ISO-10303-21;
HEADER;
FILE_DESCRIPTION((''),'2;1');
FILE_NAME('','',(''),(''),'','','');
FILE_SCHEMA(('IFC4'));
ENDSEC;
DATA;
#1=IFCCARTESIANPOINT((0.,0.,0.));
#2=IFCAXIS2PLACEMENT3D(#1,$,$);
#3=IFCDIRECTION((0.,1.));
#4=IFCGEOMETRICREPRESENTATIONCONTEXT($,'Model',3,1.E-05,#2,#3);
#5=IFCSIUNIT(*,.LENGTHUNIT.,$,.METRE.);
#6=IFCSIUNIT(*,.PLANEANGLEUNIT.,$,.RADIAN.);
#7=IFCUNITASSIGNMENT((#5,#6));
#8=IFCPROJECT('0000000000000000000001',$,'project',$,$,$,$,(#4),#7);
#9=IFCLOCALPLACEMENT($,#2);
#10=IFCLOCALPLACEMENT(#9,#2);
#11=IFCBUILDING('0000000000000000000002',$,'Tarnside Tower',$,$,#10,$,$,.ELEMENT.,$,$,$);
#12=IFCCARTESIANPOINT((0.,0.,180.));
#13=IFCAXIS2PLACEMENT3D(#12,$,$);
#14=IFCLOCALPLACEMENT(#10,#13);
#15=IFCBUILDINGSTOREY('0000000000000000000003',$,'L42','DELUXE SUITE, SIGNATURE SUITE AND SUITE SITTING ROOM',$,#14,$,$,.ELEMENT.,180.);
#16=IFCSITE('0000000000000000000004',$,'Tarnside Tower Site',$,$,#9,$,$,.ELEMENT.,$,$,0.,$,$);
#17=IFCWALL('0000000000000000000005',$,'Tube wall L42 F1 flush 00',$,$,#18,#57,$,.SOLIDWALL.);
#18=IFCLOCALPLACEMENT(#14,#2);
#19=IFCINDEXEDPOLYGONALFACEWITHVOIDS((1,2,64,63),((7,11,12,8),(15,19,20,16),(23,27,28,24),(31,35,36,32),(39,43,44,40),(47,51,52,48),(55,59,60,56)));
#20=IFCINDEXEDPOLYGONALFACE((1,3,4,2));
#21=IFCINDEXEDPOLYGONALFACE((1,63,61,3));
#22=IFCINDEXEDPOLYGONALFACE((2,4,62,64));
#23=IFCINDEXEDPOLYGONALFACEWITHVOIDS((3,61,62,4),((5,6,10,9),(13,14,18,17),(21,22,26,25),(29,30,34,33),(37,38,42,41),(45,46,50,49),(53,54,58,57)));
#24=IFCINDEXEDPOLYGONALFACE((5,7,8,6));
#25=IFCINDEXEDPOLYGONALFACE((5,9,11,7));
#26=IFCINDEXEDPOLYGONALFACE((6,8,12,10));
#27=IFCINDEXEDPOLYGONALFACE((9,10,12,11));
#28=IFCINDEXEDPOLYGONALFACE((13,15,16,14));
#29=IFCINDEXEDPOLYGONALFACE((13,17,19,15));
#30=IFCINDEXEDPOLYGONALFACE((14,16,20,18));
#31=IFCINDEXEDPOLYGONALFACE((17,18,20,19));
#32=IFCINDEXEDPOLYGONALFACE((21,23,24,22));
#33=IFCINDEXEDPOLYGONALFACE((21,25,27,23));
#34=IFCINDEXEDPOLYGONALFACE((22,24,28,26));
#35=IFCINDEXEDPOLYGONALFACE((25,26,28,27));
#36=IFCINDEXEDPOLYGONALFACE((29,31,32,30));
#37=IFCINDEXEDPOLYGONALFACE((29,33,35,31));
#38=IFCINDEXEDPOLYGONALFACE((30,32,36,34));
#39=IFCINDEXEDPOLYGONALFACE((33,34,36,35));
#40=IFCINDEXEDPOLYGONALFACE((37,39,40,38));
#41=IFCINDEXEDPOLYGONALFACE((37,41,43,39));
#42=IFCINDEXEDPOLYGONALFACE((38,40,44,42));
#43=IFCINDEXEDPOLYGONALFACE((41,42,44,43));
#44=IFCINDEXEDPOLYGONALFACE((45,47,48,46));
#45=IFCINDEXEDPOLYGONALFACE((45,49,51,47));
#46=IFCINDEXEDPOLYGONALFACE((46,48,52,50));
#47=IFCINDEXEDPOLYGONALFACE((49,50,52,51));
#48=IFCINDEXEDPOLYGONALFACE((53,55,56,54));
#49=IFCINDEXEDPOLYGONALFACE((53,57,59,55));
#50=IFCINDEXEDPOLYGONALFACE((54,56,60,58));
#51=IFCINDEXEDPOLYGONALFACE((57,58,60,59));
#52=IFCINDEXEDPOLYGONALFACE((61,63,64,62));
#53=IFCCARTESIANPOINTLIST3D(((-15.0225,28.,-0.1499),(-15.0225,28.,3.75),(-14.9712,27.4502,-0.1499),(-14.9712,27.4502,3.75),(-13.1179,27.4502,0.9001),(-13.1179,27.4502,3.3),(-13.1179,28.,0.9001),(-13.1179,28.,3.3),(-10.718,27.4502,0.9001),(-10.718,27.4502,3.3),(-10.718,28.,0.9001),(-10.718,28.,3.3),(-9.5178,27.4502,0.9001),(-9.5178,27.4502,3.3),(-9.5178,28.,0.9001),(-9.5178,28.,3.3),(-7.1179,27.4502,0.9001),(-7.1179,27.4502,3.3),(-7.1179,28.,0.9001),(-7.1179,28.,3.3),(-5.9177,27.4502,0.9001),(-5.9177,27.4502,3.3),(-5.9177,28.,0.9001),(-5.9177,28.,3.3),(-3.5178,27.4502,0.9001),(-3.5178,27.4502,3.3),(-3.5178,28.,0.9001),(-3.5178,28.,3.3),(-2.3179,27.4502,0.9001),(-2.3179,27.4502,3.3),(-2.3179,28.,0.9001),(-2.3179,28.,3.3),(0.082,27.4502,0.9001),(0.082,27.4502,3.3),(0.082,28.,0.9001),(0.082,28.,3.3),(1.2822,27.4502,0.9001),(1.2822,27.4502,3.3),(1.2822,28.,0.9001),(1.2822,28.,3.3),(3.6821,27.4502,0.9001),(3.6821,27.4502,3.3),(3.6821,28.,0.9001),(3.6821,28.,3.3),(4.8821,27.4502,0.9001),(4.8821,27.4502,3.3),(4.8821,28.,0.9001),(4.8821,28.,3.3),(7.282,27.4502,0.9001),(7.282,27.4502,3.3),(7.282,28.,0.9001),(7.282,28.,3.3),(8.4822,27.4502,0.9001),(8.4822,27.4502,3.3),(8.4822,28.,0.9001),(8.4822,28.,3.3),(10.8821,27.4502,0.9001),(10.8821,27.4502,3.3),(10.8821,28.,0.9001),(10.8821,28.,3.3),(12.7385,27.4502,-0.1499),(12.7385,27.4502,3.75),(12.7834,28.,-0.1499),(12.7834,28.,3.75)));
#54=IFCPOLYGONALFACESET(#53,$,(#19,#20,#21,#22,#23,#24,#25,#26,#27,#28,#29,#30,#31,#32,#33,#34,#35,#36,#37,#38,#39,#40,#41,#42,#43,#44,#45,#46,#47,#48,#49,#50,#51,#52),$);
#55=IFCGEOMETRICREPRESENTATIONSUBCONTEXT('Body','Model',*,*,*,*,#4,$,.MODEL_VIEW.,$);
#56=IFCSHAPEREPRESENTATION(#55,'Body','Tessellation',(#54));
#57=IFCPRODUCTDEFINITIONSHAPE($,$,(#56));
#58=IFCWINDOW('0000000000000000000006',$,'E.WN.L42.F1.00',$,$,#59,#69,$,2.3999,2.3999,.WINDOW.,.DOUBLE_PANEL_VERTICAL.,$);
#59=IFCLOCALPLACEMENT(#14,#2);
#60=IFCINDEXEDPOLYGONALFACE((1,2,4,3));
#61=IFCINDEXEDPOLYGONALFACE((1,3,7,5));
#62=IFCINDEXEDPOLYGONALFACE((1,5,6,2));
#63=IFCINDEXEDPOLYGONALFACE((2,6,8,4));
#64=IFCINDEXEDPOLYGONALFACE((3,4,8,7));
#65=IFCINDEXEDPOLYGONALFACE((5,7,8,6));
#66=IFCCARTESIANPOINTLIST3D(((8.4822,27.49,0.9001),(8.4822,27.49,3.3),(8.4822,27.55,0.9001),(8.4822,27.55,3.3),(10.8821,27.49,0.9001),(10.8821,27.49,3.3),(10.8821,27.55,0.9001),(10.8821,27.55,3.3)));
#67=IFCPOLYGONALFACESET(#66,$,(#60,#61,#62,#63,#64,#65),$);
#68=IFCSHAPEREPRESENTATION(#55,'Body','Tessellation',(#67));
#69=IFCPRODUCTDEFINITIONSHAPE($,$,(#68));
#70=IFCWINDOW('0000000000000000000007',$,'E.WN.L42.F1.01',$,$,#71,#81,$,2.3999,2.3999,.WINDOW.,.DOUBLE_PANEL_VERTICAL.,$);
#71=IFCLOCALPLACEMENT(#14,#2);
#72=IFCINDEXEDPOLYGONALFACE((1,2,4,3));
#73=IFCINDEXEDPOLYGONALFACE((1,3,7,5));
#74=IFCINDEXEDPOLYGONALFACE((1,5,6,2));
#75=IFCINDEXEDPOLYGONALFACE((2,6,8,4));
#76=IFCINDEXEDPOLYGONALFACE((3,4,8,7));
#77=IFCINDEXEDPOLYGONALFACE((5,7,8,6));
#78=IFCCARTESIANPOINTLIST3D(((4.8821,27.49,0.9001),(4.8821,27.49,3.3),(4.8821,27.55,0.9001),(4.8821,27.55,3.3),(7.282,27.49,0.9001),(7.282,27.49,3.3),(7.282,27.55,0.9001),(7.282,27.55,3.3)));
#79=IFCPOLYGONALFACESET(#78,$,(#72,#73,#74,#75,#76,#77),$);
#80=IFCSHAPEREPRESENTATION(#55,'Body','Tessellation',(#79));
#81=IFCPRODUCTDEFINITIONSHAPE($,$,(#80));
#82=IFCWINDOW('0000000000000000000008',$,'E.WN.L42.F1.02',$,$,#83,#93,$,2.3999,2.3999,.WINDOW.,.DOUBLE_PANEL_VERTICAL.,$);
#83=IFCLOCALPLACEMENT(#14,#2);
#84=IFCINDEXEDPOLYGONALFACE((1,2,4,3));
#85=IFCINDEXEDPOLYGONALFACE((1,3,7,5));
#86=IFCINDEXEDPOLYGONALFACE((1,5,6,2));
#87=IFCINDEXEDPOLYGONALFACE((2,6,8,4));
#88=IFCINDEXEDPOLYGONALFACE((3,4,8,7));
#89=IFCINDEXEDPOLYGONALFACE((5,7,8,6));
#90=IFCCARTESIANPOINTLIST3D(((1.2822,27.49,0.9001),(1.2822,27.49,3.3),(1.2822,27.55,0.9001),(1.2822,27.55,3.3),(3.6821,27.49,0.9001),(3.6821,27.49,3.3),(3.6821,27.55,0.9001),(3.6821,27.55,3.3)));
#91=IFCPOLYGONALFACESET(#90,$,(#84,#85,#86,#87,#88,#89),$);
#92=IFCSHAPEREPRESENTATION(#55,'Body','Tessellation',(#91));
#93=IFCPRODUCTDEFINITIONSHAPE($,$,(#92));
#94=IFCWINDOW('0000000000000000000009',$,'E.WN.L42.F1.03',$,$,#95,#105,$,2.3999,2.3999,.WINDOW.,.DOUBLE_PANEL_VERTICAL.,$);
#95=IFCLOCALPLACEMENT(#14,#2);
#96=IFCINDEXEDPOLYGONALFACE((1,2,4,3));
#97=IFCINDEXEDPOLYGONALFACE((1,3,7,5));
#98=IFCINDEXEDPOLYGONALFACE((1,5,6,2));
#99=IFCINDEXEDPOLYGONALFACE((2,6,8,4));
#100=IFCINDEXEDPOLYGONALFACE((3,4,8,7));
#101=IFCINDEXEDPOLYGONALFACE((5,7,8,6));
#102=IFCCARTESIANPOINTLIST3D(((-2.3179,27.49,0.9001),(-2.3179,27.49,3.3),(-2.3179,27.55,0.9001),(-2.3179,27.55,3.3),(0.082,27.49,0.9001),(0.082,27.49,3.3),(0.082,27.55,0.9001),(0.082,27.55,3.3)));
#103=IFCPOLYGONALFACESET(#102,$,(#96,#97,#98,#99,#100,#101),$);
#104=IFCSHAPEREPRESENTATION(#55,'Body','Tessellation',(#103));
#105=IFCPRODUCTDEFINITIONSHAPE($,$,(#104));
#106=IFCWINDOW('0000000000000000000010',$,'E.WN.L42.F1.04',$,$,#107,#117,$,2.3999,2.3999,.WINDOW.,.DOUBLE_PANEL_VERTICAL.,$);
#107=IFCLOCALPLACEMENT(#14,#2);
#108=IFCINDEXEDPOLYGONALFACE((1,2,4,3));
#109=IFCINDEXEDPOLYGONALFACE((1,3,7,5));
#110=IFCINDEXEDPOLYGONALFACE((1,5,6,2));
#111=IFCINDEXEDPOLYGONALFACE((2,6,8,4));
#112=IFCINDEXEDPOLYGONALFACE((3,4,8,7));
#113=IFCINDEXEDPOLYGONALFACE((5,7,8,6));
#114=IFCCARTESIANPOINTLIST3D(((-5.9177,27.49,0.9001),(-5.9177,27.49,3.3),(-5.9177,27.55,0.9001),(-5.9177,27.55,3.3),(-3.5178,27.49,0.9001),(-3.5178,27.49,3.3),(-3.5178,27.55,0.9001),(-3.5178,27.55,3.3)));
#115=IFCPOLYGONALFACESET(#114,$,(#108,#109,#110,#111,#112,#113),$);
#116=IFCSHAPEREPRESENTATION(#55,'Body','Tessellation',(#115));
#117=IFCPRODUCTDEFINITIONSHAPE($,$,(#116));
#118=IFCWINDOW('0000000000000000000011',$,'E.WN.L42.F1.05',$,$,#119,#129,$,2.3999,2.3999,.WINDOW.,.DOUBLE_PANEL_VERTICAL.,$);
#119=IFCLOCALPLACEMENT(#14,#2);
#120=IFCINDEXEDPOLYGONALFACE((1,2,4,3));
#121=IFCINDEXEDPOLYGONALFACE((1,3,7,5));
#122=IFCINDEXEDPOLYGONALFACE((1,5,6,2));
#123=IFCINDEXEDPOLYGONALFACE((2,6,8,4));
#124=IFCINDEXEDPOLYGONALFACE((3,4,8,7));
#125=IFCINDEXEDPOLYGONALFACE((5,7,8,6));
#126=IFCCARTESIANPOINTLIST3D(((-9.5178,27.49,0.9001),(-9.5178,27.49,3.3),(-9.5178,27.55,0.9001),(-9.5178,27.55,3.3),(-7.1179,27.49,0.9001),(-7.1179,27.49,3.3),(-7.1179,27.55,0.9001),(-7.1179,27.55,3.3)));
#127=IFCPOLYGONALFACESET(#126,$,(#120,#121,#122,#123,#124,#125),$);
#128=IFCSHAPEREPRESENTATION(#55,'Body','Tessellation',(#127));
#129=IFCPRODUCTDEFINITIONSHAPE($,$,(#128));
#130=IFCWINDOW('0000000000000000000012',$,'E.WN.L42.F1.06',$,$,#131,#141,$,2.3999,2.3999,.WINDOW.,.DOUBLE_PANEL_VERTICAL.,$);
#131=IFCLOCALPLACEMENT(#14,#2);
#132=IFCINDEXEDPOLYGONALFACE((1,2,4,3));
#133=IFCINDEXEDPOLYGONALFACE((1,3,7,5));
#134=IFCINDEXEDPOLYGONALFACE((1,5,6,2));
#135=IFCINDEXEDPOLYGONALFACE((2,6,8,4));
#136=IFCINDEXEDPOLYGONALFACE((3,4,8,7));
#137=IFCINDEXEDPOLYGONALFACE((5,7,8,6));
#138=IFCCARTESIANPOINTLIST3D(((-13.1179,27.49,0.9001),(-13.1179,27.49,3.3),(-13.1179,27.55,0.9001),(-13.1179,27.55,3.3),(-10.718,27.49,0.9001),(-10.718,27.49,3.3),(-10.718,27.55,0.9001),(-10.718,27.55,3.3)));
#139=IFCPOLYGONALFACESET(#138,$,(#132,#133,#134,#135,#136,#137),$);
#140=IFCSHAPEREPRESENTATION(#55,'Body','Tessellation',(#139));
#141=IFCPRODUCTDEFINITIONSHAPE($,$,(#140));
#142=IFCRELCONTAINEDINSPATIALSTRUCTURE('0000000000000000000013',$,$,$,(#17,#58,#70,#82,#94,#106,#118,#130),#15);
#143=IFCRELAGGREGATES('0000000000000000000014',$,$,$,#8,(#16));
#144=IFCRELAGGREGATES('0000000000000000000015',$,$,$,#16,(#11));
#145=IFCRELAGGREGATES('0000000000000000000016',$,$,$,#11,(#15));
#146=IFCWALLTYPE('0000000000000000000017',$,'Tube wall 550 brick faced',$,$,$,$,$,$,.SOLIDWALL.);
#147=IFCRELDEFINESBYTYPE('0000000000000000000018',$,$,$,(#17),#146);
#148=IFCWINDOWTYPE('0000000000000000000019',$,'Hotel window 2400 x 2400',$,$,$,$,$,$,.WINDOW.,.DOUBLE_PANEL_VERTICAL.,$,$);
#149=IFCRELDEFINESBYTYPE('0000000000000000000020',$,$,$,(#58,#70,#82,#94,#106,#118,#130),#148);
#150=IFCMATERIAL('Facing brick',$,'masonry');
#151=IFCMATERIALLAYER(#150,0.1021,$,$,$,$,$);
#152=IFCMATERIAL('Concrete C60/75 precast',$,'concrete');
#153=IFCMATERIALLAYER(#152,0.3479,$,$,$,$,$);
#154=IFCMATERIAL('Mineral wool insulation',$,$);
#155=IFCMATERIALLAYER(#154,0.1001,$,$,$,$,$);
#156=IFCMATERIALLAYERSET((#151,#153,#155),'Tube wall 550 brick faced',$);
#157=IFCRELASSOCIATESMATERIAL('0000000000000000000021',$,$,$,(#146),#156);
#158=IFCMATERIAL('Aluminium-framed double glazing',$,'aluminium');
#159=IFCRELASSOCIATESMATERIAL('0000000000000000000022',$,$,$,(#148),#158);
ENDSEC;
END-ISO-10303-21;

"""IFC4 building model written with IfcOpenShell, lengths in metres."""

from ifc_helpers import new_model, si_unit, direction, frame, frame_2d, origin, place, context, subcontext, project, spatial, polyline, rectangle, outline, extrude, material, layer, layer_set, type_object, element, fill, save


model = new_model("IFC4")

# Units and contexts
model_context = context("Model", 3, precision=1e-05, world=origin(), true_north=direction((0.0, 1.0)))
body_context = subcontext(model_context, "Body", "Model", "MODEL_VIEW")
ifc_project = project(units=[si_unit("LENGTHUNIT", "METRE"), si_unit("PLANEANGLEUNIT", "RADIAN")], contexts=[model_context])

# Site, building, storey
site_placement = place(None, origin())
site = spatial("IfcSite", under=ifc_project, at=site_placement, Name="Tarnside Tower Site", CompositionType="ELEMENT", RefElevation=0.0)
building_placement = place(site_placement, origin())
building = spatial("IfcBuilding", under=site, at=building_placement, Name="Tarnside Tower", CompositionType="ELEMENT")
storey_placement = place(building_placement, frame((0.0, 0.0, 180.0)))
storey = spatial("IfcBuildingStorey", under=building, at=storey_placement, Name="L42", Description="DELUXE SUITE, SIGNATURE SUITE AND SUITE SITTING ROOM", CompositionType="ELEMENT", Elevation=180.0)

# Wall, openings, windows
ifc_material_1 = material(Name="Facing brick", Category="masonry")
ifc_layer_1 = layer(ifc_material_1, 0.1021)
ifc_material_2 = material(Name="Concrete C60/75 precast", Category="concrete")
ifc_layer_2 = layer(ifc_material_2, 0.3479)
ifc_material_3 = material(Name="Mineral wool insulation")
ifc_layer_3 = layer(ifc_material_3, 0.1001)
ifc_layer_set_1 = layer_set([ifc_layer_1, ifc_layer_2, ifc_layer_3], Name="Tube wall 550 brick faced")
wall_type_1 = type_object("IfcWallType", Name="Tube wall 550 brick faced", PredefinedType="SOLIDWALL", material=ifc_layer_set_1)
wall_1_placement = place(storey_placement, frame((12.761, 27.7251, -0.1499), z_axis=(0.0, 0.0, 1.0), x_axis=(-1.0, 0.0, 0.0)))
wall_1 = element("IfcWall", 1, at=wall_1_placement, inside=storey, type_object=wall_type_1, Name="Tube wall L42 F1 flush 00", PredefinedType="SOLIDWALL", context=body_context, shape_type="SweptSolid", body=[
    extrude(outline(polyline([(-0.0225, -0.2749), (27.7834, -0.2749), (27.7322, 0.2749), (0.0225, 0.2749), (-0.0225, -0.2749)])), origin(), (0.0, 0.0, 1.0), 3.8999),
])
opening_1_placement = place(wall_1_placement, frame((1.8789, 0.0, 1.05)))
opening_1 = element("IfcOpeningElement", 2, at=opening_1_placement, cuts=wall_1, PredefinedType="OPENING", context=body_context, shape_type="SweptSolid", body=[
    extrude(rectangle(XDim=2.3999, YDim=2.3999, at=frame_2d((1.2, 1.2))), frame((0.0, 0.2852, 0.0), z_axis=(0.0, -1.0, 0.0), x_axis=(1.0, 0.0, 0.0)), (0.0, 0.0, 1.0), 0.5701),
])
opening_2_placement = place(wall_1_placement, frame((5.479, 0.0, 1.05)))
opening_2 = element("IfcOpeningElement", 3, at=opening_2_placement, cuts=wall_1, PredefinedType="OPENING", context=body_context, shape_type="SweptSolid", body=[
    extrude(rectangle(XDim=2.3999, YDim=2.3999, at=frame_2d((1.2, 1.2))), frame((0.0, 0.2852, 0.0), z_axis=(0.0, -1.0, 0.0), x_axis=(1.0, 0.0, 0.0)), (0.0, 0.0, 1.0), 0.5701),
])
opening_3_placement = place(wall_1_placement, frame((9.0789, 0.0, 1.05)))
opening_3 = element("IfcOpeningElement", 4, at=opening_3_placement, cuts=wall_1, PredefinedType="OPENING", context=body_context, shape_type="SweptSolid", body=[
    extrude(rectangle(XDim=2.3999, YDim=2.3999, at=frame_2d((1.2, 1.2))), frame((0.0, 0.2852, 0.0), z_axis=(0.0, -1.0, 0.0), x_axis=(1.0, 0.0, 0.0)), (0.0, 0.0, 1.0), 0.5701),
])
opening_4_placement = place(wall_1_placement, frame((12.679, 0.0, 1.05)))
opening_4 = element("IfcOpeningElement", 5, at=opening_4_placement, cuts=wall_1, PredefinedType="OPENING", context=body_context, shape_type="SweptSolid", body=[
    extrude(rectangle(XDim=2.3999, YDim=2.3999, at=frame_2d((1.2, 1.2))), frame((0.0, 0.2852, 0.0), z_axis=(0.0, -1.0, 0.0), x_axis=(1.0, 0.0, 0.0)), (0.0, 0.0, 1.0), 0.5701),
])
opening_5_placement = place(wall_1_placement, frame((16.2788, 0.0, 1.05)))
opening_5 = element("IfcOpeningElement", 6, at=opening_5_placement, cuts=wall_1, PredefinedType="OPENING", context=body_context, shape_type="SweptSolid", body=[
    extrude(rectangle(XDim=2.3999, YDim=2.3999, at=frame_2d((1.2, 1.2))), frame((0.0, 0.2852, 0.0), z_axis=(0.0, -1.0, 0.0), x_axis=(1.0, 0.0, 0.0)), (0.0, 0.0, 1.0), 0.5701),
])
opening_6_placement = place(wall_1_placement, frame((19.8789, 0.0, 1.05)))
opening_6 = element("IfcOpeningElement", 7, at=opening_6_placement, cuts=wall_1, PredefinedType="OPENING", context=body_context, shape_type="SweptSolid", body=[
    extrude(rectangle(XDim=2.3999, YDim=2.3999, at=frame_2d((1.2, 1.2))), frame((0.0, 0.2852, 0.0), z_axis=(0.0, -1.0, 0.0), x_axis=(1.0, 0.0, 0.0)), (0.0, 0.0, 1.0), 0.5701),
])
opening_7_placement = place(wall_1_placement, frame((23.479, 0.0, 1.05)))
opening_7 = element("IfcOpeningElement", 8, at=opening_7_placement, cuts=wall_1, PredefinedType="OPENING", context=body_context, shape_type="SweptSolid", body=[
    extrude(rectangle(XDim=2.3999, YDim=2.3999, at=frame_2d((1.2, 1.2))), frame((0.0, 0.2852, 0.0), z_axis=(0.0, -1.0, 0.0), x_axis=(1.0, 0.0, 0.0)), (0.0, 0.0, 1.0), 0.5701),
])
ifc_material_4 = material(Name="Aluminium-framed double glazing", Category="aluminium")
window_type = type_object("IfcWindowType", Name="Hotel window 2400 x 2400", PartitioningType="DOUBLE_PANEL_VERTICAL", PredefinedType="WINDOW", material=ifc_material_4)
window_1_placement = place(opening_1_placement, frame((0.0, 0.2051, 0.0)))
window_1 = element("IfcWindow", 9, at=window_1_placement, inside=storey, type_object=window_type, Name="E.WN.L42.F1.00", OverallHeight=2.3999, OverallWidth=2.3999, PartitioningType="DOUBLE_PANEL_VERTICAL", PredefinedType="WINDOW", context=body_context, shape_type="SweptSolid", body=[
    extrude(rectangle(XDim=2.3999, YDim=2.3999, at=frame_2d((1.2, 1.2))), frame((0.0, 0.03, 0.0), z_axis=(0.0, -1.0, 0.0), x_axis=(1.0, 0.0, 0.0)), (0.0, 0.0, 1.0), 0.0601),
])
fill(opening_1, window_1)
window_2_placement = place(opening_2_placement, frame((0.0, 0.2051, 0.0)))
window_2 = element("IfcWindow", 10, at=window_2_placement, inside=storey, type_object=window_type, Name="E.WN.L42.F1.01", OverallHeight=2.3999, OverallWidth=2.3999, PartitioningType="DOUBLE_PANEL_VERTICAL", PredefinedType="WINDOW", context=body_context, shape_type="SweptSolid", body=[
    extrude(rectangle(XDim=2.3999, YDim=2.3999, at=frame_2d((1.2, 1.2))), frame((0.0, 0.03, 0.0), z_axis=(0.0, -1.0, 0.0), x_axis=(1.0, 0.0, 0.0)), (0.0, 0.0, 1.0), 0.0601),
])
fill(opening_2, window_2)
window_3_placement = place(opening_3_placement, frame((0.0, 0.2051, 0.0)))
window_3 = element("IfcWindow", 11, at=window_3_placement, inside=storey, type_object=window_type, Name="E.WN.L42.F1.02", OverallHeight=2.3999, OverallWidth=2.3999, PartitioningType="DOUBLE_PANEL_VERTICAL", PredefinedType="WINDOW", context=body_context, shape_type="SweptSolid", body=[
    extrude(rectangle(XDim=2.3999, YDim=2.3999, at=frame_2d((1.2, 1.2))), frame((0.0, 0.03, 0.0), z_axis=(0.0, -1.0, 0.0), x_axis=(1.0, 0.0, 0.0)), (0.0, 0.0, 1.0), 0.0601),
])
fill(opening_3, window_3)
window_4_placement = place(opening_4_placement, frame((0.0, 0.2051, 0.0)))
window_4 = element("IfcWindow", 12, at=window_4_placement, inside=storey, type_object=window_type, Name="E.WN.L42.F1.03", OverallHeight=2.3999, OverallWidth=2.3999, PartitioningType="DOUBLE_PANEL_VERTICAL", PredefinedType="WINDOW", context=body_context, shape_type="SweptSolid", body=[
    extrude(rectangle(XDim=2.3999, YDim=2.3999, at=frame_2d((1.2, 1.2))), frame((0.0, 0.03, 0.0), z_axis=(0.0, -1.0, 0.0), x_axis=(1.0, 0.0, 0.0)), (0.0, 0.0, 1.0), 0.0601),
])
fill(opening_4, window_4)
window_5_placement = place(opening_5_placement, frame((0.0, 0.2051, 0.0)))
window_5 = element("IfcWindow", 13, at=window_5_placement, inside=storey, type_object=window_type, Name="E.WN.L42.F1.04", OverallHeight=2.3999, OverallWidth=2.3999, PartitioningType="DOUBLE_PANEL_VERTICAL", PredefinedType="WINDOW", context=body_context, shape_type="SweptSolid", body=[
    extrude(rectangle(XDim=2.3999, YDim=2.3999, at=frame_2d((1.2, 1.2))), frame((0.0, 0.03, 0.0), z_axis=(0.0, -1.0, 0.0), x_axis=(1.0, 0.0, 0.0)), (0.0, 0.0, 1.0), 0.0601),
])
fill(opening_5, window_5)
window_6_placement = place(opening_6_placement, frame((0.0, 0.2051, 0.0)))
window_6 = element("IfcWindow", 14, at=window_6_placement, inside=storey, type_object=window_type, Name="E.WN.L42.F1.05", OverallHeight=2.3999, OverallWidth=2.3999, PartitioningType="DOUBLE_PANEL_VERTICAL", PredefinedType="WINDOW", context=body_context, shape_type="SweptSolid", body=[
    extrude(rectangle(XDim=2.3999, YDim=2.3999, at=frame_2d((1.2, 1.2))), frame((0.0, 0.03, 0.0), z_axis=(0.0, -1.0, 0.0), x_axis=(1.0, 0.0, 0.0)), (0.0, 0.0, 1.0), 0.0601),
])
fill(opening_6, window_6)
window_7_placement = place(opening_7_placement, frame((0.0, 0.2051, 0.0)))
window_7 = element("IfcWindow", 15, at=window_7_placement, inside=storey, type_object=window_type, Name="E.WN.L42.F1.06", OverallHeight=2.3999, OverallWidth=2.3999, PartitioningType="DOUBLE_PANEL_VERTICAL", PredefinedType="WINDOW", context=body_context, shape_type="SweptSolid", body=[
    extrude(rectangle(XDim=2.3999, YDim=2.3999, at=frame_2d((1.2, 1.2))), frame((0.0, 0.03, 0.0), z_axis=(0.0, -1.0, 0.0), x_axis=(1.0, 0.0, 0.0)), (0.0, 0.0, 1.0), 0.0601),
])
fill(opening_7, window_7)

save(model, "model.ifc")
